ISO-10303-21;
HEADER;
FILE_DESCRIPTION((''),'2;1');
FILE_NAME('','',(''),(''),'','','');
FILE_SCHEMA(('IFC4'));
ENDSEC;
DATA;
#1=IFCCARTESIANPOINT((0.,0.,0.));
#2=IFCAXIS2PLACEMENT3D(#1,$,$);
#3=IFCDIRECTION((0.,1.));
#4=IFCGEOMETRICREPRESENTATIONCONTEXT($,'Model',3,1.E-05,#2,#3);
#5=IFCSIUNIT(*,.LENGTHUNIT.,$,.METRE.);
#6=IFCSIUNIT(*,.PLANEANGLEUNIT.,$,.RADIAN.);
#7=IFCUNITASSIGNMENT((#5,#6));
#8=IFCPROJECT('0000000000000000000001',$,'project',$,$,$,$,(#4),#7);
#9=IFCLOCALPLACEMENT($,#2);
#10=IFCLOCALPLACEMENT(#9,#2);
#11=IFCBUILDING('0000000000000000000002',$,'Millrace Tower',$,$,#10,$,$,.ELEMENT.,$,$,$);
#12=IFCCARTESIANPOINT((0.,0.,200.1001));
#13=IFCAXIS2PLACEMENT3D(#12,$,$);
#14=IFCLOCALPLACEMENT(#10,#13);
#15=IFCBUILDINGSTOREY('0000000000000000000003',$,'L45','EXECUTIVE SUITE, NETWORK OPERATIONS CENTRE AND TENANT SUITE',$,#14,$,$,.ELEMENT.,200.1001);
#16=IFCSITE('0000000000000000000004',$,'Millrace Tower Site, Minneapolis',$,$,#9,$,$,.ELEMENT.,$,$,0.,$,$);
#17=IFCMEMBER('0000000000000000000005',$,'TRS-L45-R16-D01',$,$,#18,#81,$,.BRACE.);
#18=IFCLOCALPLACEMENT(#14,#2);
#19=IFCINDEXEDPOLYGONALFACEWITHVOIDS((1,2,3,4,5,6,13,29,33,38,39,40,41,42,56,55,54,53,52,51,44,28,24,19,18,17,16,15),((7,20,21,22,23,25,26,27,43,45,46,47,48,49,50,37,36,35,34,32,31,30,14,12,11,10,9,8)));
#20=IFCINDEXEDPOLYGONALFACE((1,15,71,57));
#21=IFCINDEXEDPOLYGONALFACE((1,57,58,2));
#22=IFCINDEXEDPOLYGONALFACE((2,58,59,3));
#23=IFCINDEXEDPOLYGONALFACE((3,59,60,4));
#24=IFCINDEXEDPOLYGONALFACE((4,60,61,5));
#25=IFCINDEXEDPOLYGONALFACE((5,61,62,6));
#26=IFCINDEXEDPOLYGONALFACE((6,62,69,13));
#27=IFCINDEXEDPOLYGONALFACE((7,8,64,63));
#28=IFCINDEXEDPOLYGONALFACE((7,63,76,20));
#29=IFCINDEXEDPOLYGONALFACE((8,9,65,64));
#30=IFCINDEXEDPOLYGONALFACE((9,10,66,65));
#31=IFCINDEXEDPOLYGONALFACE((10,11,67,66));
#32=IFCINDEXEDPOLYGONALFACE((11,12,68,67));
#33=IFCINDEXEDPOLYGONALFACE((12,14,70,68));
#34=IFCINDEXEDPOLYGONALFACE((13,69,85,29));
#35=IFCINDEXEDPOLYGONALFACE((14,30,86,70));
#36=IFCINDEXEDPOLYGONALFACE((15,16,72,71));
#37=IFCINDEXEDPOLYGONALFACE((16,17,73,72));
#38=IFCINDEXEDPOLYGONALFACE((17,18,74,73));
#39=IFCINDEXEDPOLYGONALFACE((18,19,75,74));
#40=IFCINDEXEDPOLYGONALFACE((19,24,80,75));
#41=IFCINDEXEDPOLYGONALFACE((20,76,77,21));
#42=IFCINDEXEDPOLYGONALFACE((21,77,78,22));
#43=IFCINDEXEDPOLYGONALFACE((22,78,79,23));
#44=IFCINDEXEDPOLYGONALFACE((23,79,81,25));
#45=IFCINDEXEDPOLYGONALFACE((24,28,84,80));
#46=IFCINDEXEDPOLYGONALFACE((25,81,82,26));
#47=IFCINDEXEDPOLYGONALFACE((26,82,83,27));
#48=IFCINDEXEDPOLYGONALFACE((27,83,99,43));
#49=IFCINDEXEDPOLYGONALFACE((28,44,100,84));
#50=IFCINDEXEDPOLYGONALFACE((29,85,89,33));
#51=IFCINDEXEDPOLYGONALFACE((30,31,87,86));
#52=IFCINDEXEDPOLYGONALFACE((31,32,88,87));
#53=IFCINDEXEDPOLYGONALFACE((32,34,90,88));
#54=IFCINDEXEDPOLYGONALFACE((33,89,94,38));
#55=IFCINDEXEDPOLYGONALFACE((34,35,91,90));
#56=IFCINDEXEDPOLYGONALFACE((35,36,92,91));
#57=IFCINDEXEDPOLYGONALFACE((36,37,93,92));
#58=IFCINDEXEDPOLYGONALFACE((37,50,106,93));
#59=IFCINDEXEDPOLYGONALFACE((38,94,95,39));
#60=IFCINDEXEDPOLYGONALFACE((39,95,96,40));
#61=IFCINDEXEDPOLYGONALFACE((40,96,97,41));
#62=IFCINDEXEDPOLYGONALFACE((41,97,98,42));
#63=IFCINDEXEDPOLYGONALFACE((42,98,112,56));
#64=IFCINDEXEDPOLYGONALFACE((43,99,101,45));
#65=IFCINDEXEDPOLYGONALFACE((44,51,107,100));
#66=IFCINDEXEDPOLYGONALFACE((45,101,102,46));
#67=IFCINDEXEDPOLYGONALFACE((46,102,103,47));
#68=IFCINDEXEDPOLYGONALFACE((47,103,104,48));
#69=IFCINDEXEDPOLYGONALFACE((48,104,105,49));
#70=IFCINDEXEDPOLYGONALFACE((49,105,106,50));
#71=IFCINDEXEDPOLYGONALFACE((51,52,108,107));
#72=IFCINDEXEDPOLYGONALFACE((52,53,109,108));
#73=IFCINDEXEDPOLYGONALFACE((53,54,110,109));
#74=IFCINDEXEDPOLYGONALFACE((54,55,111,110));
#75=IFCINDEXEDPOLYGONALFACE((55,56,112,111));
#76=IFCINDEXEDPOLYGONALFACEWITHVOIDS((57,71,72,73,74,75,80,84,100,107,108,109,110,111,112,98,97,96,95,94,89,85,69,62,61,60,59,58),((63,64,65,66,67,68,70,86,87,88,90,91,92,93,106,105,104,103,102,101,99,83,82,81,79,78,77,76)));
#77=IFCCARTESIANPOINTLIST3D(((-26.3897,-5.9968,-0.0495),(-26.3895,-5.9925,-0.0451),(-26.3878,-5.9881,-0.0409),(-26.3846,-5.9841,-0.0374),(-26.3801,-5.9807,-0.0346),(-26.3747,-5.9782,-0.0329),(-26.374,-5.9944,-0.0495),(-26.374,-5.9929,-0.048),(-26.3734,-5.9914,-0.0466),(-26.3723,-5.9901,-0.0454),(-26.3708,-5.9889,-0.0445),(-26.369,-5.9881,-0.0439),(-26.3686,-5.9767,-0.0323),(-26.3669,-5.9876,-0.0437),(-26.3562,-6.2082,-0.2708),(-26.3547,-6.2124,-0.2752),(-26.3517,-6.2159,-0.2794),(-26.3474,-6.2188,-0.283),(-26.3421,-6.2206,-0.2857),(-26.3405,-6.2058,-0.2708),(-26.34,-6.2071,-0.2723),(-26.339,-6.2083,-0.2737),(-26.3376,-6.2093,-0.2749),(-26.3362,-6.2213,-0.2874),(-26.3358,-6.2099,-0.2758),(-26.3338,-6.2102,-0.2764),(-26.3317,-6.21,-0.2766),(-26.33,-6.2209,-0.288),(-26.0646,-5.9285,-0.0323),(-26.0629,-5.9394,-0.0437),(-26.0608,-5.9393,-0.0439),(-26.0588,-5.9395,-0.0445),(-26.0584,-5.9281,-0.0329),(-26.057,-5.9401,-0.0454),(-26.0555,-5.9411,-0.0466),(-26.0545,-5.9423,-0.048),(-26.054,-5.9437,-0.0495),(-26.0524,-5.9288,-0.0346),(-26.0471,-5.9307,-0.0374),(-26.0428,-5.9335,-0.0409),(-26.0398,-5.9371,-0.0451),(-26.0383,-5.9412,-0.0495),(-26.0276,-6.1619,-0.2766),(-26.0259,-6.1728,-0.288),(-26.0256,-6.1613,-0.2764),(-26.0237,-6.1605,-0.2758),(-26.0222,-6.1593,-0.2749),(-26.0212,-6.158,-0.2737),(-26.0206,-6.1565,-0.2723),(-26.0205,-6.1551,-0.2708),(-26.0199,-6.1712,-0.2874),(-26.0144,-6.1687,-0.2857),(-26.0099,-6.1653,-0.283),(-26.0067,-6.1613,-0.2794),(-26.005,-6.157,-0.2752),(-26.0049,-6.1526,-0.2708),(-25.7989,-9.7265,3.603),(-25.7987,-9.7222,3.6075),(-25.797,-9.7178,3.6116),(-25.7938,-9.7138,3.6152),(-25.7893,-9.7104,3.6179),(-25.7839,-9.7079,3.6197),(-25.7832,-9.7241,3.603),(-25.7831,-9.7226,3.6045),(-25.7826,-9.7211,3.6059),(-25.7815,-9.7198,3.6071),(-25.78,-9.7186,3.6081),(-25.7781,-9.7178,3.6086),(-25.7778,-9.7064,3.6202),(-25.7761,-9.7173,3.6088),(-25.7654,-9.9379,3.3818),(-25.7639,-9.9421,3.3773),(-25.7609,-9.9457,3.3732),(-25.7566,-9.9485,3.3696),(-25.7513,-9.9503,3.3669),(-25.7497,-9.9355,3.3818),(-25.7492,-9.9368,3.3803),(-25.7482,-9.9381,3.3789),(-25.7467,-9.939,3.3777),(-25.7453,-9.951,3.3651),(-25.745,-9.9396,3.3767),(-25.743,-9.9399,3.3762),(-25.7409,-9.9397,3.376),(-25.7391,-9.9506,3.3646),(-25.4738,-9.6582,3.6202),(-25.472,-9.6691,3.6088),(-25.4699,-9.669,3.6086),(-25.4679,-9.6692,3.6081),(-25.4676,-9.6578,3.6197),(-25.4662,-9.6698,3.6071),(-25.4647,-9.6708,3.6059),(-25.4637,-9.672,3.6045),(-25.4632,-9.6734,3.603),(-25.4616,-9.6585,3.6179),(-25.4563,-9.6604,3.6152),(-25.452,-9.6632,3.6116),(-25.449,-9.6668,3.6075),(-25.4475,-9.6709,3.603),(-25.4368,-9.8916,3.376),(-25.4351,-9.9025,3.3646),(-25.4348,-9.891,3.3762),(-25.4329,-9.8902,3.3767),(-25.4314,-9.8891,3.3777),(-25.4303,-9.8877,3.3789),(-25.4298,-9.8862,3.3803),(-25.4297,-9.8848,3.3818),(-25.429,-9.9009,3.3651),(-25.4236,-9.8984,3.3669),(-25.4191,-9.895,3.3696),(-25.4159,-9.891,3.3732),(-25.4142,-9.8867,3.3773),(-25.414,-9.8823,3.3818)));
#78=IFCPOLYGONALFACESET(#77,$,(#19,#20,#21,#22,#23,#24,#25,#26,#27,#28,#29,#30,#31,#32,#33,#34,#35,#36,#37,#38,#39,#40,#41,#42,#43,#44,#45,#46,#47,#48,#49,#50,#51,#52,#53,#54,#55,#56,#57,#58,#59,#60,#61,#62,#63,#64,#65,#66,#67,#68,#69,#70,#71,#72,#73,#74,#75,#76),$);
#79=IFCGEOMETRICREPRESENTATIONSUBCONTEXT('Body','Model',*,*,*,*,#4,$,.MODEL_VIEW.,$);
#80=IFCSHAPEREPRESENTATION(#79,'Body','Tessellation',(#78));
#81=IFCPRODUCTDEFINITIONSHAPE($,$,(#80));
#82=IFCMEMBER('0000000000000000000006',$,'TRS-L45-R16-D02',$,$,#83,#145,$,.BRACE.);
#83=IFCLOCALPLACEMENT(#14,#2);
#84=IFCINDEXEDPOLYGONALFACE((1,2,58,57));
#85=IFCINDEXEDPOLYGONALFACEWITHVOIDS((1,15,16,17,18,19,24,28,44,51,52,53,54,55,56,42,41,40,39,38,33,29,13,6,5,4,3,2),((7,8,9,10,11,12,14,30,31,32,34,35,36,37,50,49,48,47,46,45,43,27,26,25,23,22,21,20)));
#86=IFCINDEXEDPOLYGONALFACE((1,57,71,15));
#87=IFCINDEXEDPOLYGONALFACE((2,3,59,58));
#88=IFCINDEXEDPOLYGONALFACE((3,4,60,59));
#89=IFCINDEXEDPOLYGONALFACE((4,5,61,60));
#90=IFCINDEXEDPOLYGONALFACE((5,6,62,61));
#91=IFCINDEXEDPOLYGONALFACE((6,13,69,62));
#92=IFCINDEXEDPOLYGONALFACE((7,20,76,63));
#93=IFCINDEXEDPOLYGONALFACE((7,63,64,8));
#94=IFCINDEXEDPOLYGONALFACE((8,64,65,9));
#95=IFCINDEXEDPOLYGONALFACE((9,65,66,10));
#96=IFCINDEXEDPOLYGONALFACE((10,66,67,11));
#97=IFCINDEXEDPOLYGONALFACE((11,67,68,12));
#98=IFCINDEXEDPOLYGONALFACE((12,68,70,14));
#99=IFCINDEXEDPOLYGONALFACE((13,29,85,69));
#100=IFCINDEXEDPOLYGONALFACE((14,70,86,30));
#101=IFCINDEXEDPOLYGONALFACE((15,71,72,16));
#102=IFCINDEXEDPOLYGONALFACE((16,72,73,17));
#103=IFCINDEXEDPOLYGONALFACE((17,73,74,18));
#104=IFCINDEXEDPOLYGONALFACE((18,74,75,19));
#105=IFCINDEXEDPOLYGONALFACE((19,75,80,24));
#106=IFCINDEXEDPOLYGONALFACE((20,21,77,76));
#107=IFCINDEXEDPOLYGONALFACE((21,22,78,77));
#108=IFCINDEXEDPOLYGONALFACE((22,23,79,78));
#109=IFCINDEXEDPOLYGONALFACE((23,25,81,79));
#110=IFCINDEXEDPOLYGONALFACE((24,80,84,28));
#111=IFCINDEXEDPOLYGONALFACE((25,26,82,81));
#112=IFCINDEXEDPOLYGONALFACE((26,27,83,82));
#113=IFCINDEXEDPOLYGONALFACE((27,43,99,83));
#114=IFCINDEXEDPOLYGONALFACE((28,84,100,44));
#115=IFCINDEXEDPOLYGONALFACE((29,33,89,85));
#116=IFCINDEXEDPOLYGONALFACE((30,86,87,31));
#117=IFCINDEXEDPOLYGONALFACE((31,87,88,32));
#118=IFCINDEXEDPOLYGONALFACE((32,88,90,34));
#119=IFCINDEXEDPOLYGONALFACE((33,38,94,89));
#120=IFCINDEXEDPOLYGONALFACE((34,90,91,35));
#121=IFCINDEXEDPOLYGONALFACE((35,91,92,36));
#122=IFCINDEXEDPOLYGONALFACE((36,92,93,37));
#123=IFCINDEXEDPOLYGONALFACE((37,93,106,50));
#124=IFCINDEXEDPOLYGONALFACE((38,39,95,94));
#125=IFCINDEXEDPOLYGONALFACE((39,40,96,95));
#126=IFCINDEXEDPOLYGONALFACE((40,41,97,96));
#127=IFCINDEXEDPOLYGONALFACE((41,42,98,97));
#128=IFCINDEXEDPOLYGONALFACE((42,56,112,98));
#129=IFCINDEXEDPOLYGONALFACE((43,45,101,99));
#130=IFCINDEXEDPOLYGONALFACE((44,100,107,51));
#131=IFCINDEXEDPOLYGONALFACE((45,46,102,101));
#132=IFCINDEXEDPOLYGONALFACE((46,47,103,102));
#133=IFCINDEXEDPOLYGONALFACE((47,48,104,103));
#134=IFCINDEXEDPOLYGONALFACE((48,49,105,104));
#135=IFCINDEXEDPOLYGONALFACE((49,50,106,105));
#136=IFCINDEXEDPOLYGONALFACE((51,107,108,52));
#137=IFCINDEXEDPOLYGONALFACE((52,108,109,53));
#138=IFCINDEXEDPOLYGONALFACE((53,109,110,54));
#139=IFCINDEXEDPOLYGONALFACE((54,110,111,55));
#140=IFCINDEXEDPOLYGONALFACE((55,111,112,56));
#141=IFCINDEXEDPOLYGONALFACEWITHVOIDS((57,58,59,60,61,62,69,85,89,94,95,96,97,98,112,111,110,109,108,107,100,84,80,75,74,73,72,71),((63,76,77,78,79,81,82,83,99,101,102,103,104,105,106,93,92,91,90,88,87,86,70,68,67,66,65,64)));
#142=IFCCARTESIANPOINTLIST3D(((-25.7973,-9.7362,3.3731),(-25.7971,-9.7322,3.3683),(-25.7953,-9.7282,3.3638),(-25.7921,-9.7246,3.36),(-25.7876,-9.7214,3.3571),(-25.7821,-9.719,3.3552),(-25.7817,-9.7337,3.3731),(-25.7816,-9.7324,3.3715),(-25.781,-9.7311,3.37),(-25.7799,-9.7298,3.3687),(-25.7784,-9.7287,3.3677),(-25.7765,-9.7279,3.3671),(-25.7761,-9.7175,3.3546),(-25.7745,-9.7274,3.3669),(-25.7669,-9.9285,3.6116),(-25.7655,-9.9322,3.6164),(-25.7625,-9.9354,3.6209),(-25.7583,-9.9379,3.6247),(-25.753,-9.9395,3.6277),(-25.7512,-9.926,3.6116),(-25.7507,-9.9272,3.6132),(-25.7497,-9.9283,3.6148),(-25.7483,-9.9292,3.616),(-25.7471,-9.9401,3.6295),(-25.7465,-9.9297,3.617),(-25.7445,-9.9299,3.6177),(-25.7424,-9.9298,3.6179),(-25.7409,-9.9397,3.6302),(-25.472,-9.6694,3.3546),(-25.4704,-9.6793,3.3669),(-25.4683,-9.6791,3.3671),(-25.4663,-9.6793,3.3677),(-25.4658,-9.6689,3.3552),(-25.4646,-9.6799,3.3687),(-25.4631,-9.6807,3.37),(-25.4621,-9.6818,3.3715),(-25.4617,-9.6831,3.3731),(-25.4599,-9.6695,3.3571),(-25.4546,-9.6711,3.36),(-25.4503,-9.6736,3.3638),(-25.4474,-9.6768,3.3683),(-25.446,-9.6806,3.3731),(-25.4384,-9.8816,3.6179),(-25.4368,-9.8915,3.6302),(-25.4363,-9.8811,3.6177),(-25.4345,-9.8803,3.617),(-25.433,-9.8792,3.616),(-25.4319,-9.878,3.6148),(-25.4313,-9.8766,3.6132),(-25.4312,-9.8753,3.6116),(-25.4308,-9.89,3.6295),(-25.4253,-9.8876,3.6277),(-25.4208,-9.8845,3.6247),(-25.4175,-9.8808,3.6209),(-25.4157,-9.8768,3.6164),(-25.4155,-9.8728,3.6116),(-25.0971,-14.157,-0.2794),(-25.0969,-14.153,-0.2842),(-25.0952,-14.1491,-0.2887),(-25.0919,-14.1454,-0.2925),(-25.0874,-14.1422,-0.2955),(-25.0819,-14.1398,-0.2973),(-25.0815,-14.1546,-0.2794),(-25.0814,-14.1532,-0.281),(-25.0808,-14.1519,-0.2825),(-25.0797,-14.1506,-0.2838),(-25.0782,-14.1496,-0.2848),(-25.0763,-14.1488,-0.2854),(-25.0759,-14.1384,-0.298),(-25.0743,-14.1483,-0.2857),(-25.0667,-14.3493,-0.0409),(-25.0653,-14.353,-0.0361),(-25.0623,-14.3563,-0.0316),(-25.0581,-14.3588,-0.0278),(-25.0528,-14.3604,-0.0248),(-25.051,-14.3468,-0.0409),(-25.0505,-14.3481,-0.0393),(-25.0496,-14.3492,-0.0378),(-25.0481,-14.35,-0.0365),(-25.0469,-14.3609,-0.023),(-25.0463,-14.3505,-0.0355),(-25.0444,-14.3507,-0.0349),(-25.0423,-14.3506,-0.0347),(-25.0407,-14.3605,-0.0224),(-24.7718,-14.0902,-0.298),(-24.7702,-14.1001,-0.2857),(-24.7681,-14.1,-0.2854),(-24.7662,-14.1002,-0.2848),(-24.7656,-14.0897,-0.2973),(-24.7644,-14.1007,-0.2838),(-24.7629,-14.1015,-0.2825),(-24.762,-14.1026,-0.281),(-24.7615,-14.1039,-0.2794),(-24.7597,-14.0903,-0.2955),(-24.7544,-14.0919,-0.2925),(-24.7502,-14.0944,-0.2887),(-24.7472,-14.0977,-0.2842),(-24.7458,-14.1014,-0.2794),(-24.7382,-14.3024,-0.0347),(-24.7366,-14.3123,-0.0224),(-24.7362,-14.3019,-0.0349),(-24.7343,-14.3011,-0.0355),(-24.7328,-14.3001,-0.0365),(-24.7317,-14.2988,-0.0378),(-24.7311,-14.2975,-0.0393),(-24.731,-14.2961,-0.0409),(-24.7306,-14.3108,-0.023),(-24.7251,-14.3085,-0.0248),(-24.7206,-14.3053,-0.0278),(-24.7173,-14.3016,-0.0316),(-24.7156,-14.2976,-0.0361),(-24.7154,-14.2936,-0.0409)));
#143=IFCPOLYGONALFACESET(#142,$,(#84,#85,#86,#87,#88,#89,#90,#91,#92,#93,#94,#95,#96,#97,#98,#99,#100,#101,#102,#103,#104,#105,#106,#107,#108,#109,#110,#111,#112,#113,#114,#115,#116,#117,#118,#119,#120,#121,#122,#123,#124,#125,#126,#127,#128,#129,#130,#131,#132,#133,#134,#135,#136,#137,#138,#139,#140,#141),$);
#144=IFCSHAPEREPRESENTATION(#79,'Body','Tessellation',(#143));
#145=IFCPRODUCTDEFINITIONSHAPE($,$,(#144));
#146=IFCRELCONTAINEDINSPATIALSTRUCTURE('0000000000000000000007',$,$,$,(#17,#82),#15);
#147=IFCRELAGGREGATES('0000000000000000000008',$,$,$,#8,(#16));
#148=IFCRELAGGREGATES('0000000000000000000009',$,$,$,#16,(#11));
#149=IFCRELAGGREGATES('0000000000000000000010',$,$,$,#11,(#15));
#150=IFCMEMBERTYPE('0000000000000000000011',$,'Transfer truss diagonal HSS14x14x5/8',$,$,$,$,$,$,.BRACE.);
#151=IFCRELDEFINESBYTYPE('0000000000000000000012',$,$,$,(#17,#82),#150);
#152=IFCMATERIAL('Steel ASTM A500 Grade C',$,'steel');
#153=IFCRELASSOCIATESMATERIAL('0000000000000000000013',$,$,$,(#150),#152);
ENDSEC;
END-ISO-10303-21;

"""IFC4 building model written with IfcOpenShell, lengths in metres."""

from ifc_helpers import new_model, si_unit, direction, frame, origin, origin_2d, place, context, subcontext, project, spatial, hollow_rectangle, extrude, material, material_profile, profile_set, type_object, element, save


model = new_model("IFC4")

# Units and contexts
model_context = context("Model", 3, precision=1e-05, world=origin(), true_north=direction((0.0, 1.0)))
body_context = subcontext(model_context, "Body", "Model", "MODEL_VIEW")
ifc_project = project(units=[si_unit("LENGTHUNIT", "METRE"), si_unit("PLANEANGLEUNIT", "RADIAN")], contexts=[model_context])

# Site, building, storey
site_placement = place(None, origin())
site = spatial("IfcSite", under=ifc_project, at=site_placement, Name="Millrace Tower Site, Minneapolis", CompositionType="ELEMENT", RefElevation=0.0)
building_placement = place(site_placement, origin())
building = spatial("IfcBuilding", under=site, at=building_placement, Name="Millrace Tower", CompositionType="ELEMENT")
storey_placement = place(building_placement, frame((0.0, 0.0, 200.1001)))
storey = spatial("IfcBuildingStorey", under=building, at=storey_placement, Name="L45", Description="EXECUTIVE SUITE, NETWORK OPERATIONS CENTRE AND TENANT SUITE", CompositionType="ELEMENT", Elevation=200.1001)

# Members
ifc_material_1 = material(Name="Steel ASTM A500 Grade C", Category="steel")
ifc_material_profile_1 = material_profile(ifc_material_1, hollow_rectangle(XDim=0.3557, YDim=0.3557, WallThickness=0.0159, InnerFilletRadius=0.0081, OuterFilletRadius=0.0239, at=origin_2d()))
ifc_profile_set_1 = profile_set([ifc_material_profile_1], Name="Steel ASTM A500 Grade C")
member_type_1 = type_object("IfcMemberType", Name="Transfer truss diagonal HSS14x14x5/8", PredefinedType="BRACE", material=ifc_profile_set_1)
member_1_placement = place(storey_placement, frame((-26.1973, -6.0747, -0.1602), z_axis=(0.112458, -0.709925, 0.695241), x_axis=(0.987685, 0.156457, 0.0)))
element("IfcMember", 1, at=member_1_placement, inside=storey, type_object=member_type_1, Name="TRS-L45-R16-D01", PredefinedType="BRACE", context=body_context, shape_type="SweptSolid", body=[
    extrude(hollow_rectangle(XDim=0.3557, YDim=0.3557, WallThickness=0.0159, InnerFilletRadius=0.0081, OuterFilletRadius=0.0239, at=origin_2d()), origin(), (0.0, 0.0, 1.0), 5.2537),
])
member_2_placement = place(storey_placement, frame((-24.9062, -14.2253, -0.1602), z_axis=(-0.1212, 0.765232, 0.632242), x_axis=(-0.987689, -0.156433, 0.0)))
element("IfcMember", 2, at=member_2_placement, inside=storey, type_object=member_type_1, Name="TRS-L45-R16-D02", PredefinedType="BRACE", context=body_context, shape_type="SweptSolid", body=[
    extrude(hollow_rectangle(XDim=0.3557, YDim=0.3557, WallThickness=0.0159, InnerFilletRadius=0.0081, OuterFilletRadius=0.0239, at=origin_2d()), origin(), (0.0, 0.0, 1.0), 5.7771),
])

save(model, "model.ifc")
